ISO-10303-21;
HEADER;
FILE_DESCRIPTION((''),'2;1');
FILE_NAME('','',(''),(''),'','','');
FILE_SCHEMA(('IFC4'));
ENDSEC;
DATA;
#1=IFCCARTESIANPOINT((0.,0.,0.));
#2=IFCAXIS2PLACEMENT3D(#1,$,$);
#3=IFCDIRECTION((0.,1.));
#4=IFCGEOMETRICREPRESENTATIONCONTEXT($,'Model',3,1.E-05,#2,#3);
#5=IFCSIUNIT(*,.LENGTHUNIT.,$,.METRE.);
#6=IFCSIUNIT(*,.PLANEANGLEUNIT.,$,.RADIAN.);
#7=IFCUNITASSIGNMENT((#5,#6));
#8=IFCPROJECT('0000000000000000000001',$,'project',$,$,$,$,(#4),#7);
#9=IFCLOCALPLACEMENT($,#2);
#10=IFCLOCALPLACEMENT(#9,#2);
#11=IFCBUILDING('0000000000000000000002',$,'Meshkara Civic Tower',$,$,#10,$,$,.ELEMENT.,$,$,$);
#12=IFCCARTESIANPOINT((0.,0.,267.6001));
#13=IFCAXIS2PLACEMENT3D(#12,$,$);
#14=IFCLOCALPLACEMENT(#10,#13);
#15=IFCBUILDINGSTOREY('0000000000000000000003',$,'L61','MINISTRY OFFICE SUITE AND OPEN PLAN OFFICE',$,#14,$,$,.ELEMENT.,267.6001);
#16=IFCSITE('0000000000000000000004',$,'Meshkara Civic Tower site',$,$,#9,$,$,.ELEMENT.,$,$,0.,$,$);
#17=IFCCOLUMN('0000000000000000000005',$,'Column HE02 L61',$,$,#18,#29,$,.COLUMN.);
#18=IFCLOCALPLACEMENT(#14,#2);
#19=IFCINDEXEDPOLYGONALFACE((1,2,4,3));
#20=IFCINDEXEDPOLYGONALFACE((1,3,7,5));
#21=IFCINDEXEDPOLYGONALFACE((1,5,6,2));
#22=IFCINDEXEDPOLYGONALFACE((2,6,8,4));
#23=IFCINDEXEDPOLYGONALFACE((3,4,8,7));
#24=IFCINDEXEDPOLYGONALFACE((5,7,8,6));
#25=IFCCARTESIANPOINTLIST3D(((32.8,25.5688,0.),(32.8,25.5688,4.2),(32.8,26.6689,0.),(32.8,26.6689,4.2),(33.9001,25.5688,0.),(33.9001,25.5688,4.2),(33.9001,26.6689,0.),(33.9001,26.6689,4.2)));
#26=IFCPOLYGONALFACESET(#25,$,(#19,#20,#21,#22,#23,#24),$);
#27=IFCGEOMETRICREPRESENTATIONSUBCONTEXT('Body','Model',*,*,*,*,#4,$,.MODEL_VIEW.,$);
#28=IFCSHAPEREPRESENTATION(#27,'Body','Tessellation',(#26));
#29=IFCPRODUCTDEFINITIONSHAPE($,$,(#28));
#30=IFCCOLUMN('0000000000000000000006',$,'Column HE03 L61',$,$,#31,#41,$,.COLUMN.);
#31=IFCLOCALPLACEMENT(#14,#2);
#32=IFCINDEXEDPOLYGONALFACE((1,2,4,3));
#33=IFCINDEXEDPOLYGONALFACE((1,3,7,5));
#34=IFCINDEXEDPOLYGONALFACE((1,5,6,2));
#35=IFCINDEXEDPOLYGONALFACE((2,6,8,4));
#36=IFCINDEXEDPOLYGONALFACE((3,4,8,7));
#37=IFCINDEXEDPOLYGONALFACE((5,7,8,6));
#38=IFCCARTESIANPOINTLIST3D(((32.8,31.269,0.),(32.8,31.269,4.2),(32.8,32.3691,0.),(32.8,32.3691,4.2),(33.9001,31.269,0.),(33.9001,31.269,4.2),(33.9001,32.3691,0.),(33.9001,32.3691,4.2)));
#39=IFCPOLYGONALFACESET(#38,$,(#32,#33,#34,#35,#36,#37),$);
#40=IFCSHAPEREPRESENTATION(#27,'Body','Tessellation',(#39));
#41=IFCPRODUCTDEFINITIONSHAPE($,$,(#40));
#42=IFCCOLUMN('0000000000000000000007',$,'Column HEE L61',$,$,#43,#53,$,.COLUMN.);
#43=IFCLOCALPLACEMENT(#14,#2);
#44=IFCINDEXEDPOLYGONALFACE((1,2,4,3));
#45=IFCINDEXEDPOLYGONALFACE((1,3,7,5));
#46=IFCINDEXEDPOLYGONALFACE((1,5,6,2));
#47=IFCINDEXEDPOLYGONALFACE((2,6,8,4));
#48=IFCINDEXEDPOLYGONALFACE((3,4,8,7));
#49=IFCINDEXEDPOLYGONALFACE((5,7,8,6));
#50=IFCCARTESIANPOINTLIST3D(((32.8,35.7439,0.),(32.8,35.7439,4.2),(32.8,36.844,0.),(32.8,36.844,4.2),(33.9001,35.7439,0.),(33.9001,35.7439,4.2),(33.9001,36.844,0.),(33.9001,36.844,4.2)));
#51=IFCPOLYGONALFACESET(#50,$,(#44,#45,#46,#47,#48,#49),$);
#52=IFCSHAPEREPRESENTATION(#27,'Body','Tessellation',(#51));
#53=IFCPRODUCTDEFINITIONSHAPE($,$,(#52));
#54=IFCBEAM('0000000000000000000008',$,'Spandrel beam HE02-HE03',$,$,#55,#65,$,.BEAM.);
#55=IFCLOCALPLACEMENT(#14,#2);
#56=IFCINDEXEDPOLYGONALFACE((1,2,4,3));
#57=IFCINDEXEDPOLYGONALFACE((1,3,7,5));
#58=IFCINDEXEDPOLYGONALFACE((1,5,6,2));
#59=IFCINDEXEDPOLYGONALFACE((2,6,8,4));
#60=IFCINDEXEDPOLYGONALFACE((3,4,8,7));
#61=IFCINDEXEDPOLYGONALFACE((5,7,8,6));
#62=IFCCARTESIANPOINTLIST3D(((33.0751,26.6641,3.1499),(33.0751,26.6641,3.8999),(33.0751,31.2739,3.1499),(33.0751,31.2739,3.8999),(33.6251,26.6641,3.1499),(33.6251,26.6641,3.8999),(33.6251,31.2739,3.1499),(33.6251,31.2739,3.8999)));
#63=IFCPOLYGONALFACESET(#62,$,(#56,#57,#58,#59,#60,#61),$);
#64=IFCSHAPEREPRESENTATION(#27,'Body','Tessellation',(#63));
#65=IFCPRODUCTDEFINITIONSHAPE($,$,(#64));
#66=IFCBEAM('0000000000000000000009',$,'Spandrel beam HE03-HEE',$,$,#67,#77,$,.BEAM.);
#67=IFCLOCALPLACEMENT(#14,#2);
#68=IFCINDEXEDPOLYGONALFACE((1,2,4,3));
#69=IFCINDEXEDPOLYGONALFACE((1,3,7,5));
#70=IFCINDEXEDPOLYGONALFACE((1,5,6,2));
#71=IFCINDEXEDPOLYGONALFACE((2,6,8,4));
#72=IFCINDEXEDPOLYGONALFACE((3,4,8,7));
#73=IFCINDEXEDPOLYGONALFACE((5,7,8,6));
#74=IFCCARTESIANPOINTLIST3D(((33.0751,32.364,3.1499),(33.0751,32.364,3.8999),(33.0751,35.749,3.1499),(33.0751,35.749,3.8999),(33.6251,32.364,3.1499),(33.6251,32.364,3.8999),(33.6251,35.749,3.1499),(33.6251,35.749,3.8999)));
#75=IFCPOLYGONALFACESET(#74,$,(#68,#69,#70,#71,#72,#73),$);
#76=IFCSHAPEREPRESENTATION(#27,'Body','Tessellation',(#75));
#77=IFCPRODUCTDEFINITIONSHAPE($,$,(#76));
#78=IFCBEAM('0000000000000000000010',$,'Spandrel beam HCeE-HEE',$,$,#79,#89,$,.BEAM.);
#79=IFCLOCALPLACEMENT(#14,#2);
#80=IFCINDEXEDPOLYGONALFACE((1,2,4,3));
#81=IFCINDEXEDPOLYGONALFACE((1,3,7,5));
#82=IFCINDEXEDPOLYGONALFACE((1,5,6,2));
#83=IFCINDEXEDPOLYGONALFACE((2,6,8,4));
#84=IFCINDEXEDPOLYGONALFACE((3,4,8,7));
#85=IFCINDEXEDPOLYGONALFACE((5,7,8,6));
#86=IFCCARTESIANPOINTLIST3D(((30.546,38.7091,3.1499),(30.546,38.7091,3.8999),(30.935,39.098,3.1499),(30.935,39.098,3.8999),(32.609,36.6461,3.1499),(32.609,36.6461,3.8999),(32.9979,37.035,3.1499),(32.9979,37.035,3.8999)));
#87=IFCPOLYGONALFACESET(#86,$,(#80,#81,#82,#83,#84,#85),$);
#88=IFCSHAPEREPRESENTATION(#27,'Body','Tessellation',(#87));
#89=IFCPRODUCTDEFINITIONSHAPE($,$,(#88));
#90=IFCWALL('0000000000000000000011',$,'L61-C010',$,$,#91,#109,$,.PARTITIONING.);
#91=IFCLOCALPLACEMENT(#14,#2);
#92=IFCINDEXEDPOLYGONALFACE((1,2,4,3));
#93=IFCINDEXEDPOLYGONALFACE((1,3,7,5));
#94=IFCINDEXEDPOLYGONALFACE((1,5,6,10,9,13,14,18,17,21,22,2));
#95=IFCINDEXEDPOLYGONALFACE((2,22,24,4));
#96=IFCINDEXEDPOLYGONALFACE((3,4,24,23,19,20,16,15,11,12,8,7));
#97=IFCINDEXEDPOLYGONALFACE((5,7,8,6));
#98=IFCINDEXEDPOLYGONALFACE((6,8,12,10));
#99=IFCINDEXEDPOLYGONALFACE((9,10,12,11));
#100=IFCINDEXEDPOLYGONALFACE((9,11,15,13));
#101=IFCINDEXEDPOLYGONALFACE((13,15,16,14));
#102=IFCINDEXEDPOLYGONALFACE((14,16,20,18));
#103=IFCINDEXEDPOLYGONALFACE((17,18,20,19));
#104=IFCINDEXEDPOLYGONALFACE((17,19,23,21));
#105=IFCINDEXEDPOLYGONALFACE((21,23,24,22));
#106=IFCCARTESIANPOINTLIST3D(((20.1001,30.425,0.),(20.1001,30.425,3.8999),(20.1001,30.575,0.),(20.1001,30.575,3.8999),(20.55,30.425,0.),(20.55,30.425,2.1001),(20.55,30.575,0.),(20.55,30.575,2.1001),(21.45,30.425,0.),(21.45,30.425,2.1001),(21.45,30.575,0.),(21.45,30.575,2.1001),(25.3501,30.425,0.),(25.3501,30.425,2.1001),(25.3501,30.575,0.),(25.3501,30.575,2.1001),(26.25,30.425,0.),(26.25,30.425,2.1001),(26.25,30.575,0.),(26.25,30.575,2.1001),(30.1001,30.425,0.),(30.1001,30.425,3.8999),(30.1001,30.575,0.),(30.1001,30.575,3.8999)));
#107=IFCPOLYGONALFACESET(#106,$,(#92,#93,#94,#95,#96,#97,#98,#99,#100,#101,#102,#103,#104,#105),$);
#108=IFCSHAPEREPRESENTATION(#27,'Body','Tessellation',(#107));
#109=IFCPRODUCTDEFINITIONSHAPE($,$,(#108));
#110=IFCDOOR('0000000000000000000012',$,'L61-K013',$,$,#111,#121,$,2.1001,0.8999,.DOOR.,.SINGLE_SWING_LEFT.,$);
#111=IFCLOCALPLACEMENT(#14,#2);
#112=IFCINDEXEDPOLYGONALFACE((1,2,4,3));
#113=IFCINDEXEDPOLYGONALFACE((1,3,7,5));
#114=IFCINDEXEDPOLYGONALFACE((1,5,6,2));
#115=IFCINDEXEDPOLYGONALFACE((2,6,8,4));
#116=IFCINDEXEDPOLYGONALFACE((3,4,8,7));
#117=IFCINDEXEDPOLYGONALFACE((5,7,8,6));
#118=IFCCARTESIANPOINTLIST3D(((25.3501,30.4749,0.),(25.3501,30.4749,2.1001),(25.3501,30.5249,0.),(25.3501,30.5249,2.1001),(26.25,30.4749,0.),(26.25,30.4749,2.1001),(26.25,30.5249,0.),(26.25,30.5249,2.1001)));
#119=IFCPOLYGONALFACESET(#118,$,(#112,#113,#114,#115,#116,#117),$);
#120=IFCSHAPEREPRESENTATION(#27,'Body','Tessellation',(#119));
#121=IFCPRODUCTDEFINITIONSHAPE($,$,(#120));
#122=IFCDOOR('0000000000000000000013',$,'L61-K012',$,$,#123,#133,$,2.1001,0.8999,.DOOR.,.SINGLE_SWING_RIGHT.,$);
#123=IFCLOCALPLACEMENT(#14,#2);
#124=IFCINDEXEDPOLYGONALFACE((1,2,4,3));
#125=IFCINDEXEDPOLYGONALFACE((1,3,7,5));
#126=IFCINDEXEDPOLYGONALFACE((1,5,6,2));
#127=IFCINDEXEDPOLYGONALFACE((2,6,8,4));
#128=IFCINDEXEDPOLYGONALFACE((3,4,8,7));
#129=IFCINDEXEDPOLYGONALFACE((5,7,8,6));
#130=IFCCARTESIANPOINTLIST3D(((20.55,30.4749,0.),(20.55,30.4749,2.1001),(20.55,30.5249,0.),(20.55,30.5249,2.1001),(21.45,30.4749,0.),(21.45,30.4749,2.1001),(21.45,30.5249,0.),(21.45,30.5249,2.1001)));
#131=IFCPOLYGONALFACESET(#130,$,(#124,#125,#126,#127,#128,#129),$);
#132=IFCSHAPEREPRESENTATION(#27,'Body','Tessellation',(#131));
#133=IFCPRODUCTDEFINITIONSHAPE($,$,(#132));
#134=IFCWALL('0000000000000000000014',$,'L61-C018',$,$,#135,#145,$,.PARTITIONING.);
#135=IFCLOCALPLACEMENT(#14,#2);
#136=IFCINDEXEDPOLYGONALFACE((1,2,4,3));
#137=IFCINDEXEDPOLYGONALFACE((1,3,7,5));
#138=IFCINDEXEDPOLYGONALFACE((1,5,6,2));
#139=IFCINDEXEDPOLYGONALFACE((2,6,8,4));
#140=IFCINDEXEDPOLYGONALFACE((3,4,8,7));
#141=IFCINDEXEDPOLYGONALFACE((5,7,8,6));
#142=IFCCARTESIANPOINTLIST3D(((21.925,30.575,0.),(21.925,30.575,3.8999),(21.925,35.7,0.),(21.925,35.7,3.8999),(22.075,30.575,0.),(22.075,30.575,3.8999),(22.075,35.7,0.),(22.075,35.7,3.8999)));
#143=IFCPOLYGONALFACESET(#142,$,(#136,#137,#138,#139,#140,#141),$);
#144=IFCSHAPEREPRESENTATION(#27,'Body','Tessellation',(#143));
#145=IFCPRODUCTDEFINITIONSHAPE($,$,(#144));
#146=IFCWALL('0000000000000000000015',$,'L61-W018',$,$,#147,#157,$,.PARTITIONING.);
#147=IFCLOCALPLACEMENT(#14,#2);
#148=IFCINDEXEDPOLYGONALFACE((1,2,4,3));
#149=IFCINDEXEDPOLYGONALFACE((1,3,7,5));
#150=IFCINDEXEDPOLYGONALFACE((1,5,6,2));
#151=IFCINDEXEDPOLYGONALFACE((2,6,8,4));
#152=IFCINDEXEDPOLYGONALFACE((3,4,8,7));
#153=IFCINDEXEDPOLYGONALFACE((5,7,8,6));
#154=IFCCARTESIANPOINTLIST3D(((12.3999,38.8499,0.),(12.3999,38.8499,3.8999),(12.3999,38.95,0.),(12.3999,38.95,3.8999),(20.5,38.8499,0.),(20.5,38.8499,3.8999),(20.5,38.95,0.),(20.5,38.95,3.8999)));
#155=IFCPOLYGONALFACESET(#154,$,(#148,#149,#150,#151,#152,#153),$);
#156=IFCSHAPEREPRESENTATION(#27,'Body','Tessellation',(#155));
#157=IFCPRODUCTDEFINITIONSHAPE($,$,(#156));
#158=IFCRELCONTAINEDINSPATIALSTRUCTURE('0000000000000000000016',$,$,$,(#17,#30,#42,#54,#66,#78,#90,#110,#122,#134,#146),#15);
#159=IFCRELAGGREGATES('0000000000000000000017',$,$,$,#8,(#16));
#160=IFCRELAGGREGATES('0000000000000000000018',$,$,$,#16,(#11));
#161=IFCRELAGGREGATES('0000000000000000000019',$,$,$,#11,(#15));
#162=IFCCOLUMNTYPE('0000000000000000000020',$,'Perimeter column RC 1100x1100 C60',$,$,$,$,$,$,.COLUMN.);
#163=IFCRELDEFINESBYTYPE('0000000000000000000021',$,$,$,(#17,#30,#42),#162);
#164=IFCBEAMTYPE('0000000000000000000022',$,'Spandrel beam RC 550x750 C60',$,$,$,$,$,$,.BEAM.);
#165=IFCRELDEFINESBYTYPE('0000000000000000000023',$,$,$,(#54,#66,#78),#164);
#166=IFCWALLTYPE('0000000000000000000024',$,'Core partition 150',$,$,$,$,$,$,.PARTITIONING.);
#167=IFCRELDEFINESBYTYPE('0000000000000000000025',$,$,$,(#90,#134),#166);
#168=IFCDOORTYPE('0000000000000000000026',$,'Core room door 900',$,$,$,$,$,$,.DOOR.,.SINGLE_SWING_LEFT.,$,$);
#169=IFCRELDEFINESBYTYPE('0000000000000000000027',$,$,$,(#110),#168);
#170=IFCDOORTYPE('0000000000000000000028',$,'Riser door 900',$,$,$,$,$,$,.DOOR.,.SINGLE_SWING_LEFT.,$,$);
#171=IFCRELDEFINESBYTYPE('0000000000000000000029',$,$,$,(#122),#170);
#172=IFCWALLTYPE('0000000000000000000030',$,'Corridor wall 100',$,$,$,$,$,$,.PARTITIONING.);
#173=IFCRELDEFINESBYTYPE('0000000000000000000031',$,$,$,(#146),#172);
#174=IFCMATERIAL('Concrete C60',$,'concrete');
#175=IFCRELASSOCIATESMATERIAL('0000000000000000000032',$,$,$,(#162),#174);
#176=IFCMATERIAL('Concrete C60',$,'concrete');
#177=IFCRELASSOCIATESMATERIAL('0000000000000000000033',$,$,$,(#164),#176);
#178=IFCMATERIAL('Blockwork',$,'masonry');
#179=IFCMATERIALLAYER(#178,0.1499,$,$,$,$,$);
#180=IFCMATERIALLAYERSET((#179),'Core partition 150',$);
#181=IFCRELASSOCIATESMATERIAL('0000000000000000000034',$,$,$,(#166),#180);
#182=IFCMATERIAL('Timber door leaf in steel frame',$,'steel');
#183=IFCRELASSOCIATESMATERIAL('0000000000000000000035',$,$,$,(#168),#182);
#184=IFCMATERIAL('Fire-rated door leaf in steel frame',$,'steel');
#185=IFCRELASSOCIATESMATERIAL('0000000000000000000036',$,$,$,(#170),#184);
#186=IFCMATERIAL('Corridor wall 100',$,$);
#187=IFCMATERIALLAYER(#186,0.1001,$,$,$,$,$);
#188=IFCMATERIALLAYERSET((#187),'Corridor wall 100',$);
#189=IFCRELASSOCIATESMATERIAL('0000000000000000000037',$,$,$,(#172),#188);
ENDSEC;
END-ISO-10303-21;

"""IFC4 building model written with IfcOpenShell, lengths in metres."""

from ifc_helpers import new_model, si_unit, direction, frame, frame_2d, origin, origin_2d, place, context, subcontext, project, spatial, rectangle, extrude, material, layer, layer_set, material_profile, profile_set, type_object, element, fill, save


model = new_model("IFC4")

# Units and contexts
model_context = context("Model", 3, precision=1e-05, world=origin(), true_north=direction((0.0, 1.0)))
body_context = subcontext(model_context, "Body", "Model", "MODEL_VIEW")
ifc_project = project(units=[si_unit("LENGTHUNIT", "METRE"), si_unit("PLANEANGLEUNIT", "RADIAN")], contexts=[model_context])

# Site, building, storey
site_placement = place(None, origin())
site = spatial("IfcSite", under=ifc_project, at=site_placement, Name="Meshkara Civic Tower site", CompositionType="ELEMENT", RefElevation=0.0)
building_placement = place(site_placement, origin())
building = spatial("IfcBuilding", under=site, at=building_placement, Name="Meshkara Civic Tower", CompositionType="ELEMENT")
storey_placement = place(building_placement, frame((0.0, 0.0, 267.6001)))
storey = spatial("IfcBuildingStorey", under=building, at=storey_placement, Name="L61", Description="MINISTRY OFFICE SUITE AND OPEN PLAN OFFICE", CompositionType="ELEMENT", Elevation=267.6001)

# Columns
ifc_material_1 = material(Name="Concrete C60", Category="concrete")
ifc_material_profile_1 = material_profile(ifc_material_1, rectangle(XDim=1.1001, YDim=1.1001, at=origin_2d()))
ifc_profile_set_1 = profile_set([ifc_material_profile_1], Name="Concrete C60")
column_type = type_object("IfcColumnType", Name="Perimeter column RC 1100x1100 C60", PredefinedType="COLUMN", material=ifc_profile_set_1)
for number, where, z_axis, x_axis, name in (
    (1, (33.3501, 26.1189, 0.0), (0.0, 0.0, 1.0), (1.0, 0.0, 0.0), "Column HE02 L61"),
    (2, (33.3501, 31.8191, 0.0), (0.0, 0.0, 1.0), (1.0, 0.0, 0.0), "Column HE03 L61"),
    (3, (33.3501, 36.2939, 0.0), (0.0, 0.0, 1.0), (1.0, 0.0, 0.0), "Column HEE L61"),
):
    element("IfcColumn", number, at=place(storey_placement, frame(where, z_axis=z_axis, x_axis=x_axis)), inside=storey, type_object=column_type, Name=name, PredefinedType="COLUMN", context=body_context, shape_type="SweptSolid", body=[
        extrude(rectangle(XDim=1.1001, YDim=1.1001, at=origin_2d()), origin(), (0.0, 0.0, 1.0), 4.2),
    ])

# Beams
ifc_material_2 = material(Name="Concrete C60", Category="concrete")
ifc_material_profile_2 = material_profile(ifc_material_2, rectangle(XDim=0.55, YDim=0.75, at=origin_2d()))
ifc_profile_set_2 = profile_set([ifc_material_profile_2], Name="Concrete C60")
beam_type = type_object("IfcBeamType", Name="Spandrel beam RC 550x750 C60", PredefinedType="BEAM", material=ifc_profile_set_2)
beam_1_placement = place(storey_placement, frame((33.3501, 26.6641, 3.5249), z_axis=(0.0, 1.0, 0.0), x_axis=(-1.0, 0.0, 0.0)))
element("IfcBeam", 4, at=beam_1_placement, inside=storey, type_object=beam_type, Name="Spandrel beam HE02-HE03", PredefinedType="BEAM", context=body_context, shape_type="SweptSolid", body=[
    extrude(rectangle(XDim=0.55, YDim=0.75, at=origin_2d()), origin(), (0.0, 0.0, 1.0), 4.6099),
])
beam_2_placement = place(storey_placement, frame((33.3501, 32.364, 3.5249), z_axis=(0.0, 1.0, 0.0), x_axis=(-1.0, 0.0, 0.0)))
element("IfcBeam", 5, at=beam_2_placement, inside=storey, type_object=beam_type, Name="Spandrel beam HE03-HEE", PredefinedType="BEAM", context=body_context, shape_type="SweptSolid", body=[
    extrude(rectangle(XDim=0.55, YDim=0.75, at=origin_2d()), origin(), (0.0, 0.0, 1.0), 3.385),
])
beam_3_placement = place(storey_placement, frame((32.8035, 36.8406, 3.5249), z_axis=(-0.707107, 0.707107, 0.0), x_axis=(-0.707107, -0.707107, 0.0)))
element("IfcBeam", 6, at=beam_3_placement, inside=storey, type_object=beam_type, Name="Spandrel beam HCeE-HEE", PredefinedType="BEAM", context=body_context, shape_type="SweptSolid", body=[
    extrude(rectangle(XDim=0.55, YDim=0.75, at=origin_2d()), origin(), (0.0, 0.0, 1.0), 2.9175),
])

# Wall, openings, doors
ifc_material_3 = material(Name="Blockwork", Category="masonry")
ifc_layer_1 = layer(ifc_material_3, 0.1499)
ifc_layer_set_1 = layer_set([ifc_layer_1], Name="Core partition 150")
wall_type_1 = type_object("IfcWallType", Name="Core partition 150", PredefinedType="PARTITIONING", material=ifc_layer_set_1)
wall_1_placement = place(storey_placement, frame((20.1001, 30.5, 0.0), z_axis=(0.0, 0.0, 1.0), x_axis=(1.0, 0.0, 0.0)))
wall_1 = element("IfcWall", 7, at=wall_1_placement, inside=storey, type_object=wall_type_1, Name="L61-C010", PredefinedType="PARTITIONING", context=body_context, shape_type="SweptSolid", body=[
    extrude(rectangle(XDim=10.0, YDim=0.1499, at=frame_2d((5.0, 0.0))), origin(), (0.0, 0.0, 1.0), 3.8999),
])
opening_1_placement = place(wall_1_placement, frame((0.45, 0.0, 0.0)))
opening_1 = element("IfcOpeningElement", 8, at=opening_1_placement, cuts=wall_1, PredefinedType="OPENING", context=body_context, shape_type="SweptSolid", body=[
    extrude(rectangle(XDim=0.8999, YDim=2.1001, at=frame_2d((0.45, 1.05))), frame((0.0, 0.085, 0.0), z_axis=(0.0, -1.0, 0.0), x_axis=(1.0, 0.0, 0.0)), (0.0, 0.0, 1.0), 0.1699),
])
opening_2_placement = place(wall_1_placement, frame((5.25, 0.0, 0.0)))
opening_2 = element("IfcOpeningElement", 9, at=opening_2_placement, cuts=wall_1, PredefinedType="OPENING", context=body_context, shape_type="SweptSolid", body=[
    extrude(rectangle(XDim=0.8999, YDim=2.1001, at=frame_2d((0.45, 1.05))), frame((0.0, 0.085, 0.0), z_axis=(0.0, -1.0, 0.0), x_axis=(1.0, 0.0, 0.0)), (0.0, 0.0, 1.0), 0.1699),
])
ifc_material_4 = material(Name="Timber door leaf in steel frame", Category="steel")
door_type_1 = type_object("IfcDoorType", Name="Core room door 900", OperationType="SINGLE_SWING_LEFT", PredefinedType="DOOR", material=ifc_material_4)
door_1_placement = place(opening_2_placement, origin())
door_1 = element("IfcDoor", 10, at=door_1_placement, inside=storey, type_object=door_type_1, Name="L61-K013", OperationType="SINGLE_SWING_LEFT", OverallHeight=2.1001, OverallWidth=0.8999, PredefinedType="DOOR", context=body_context, shape_type="SweptSolid", body=[
    extrude(rectangle(XDim=0.8999, YDim=2.1001, at=frame_2d((0.45, 1.05))), frame((0.0, 0.0249, 0.0), z_axis=(0.0, -1.0, 0.0), x_axis=(1.0, 0.0, 0.0)), (0.0, 0.0, 1.0), 0.05),
])
fill(opening_2, door_1)
ifc_material_5 = material(Name="Fire-rated door leaf in steel frame", Category="steel")
door_type_2 = type_object("IfcDoorType", Name="Riser door 900", OperationType="SINGLE_SWING_LEFT", PredefinedType="DOOR", material=ifc_material_5)
door_2_placement = place(opening_1_placement, origin())
door_2 = element("IfcDoor", 11, at=door_2_placement, inside=storey, type_object=door_type_2, Name="L61-K012", OperationType="SINGLE_SWING_RIGHT", OverallHeight=2.1001, OverallWidth=0.8999, PredefinedType="DOOR", context=body_context, shape_type="SweptSolid", body=[
    extrude(rectangle(XDim=0.8999, YDim=2.1001, at=frame_2d((0.45, 1.05))), frame((0.0, 0.0249, 0.0), z_axis=(0.0, -1.0, 0.0), x_axis=(1.0, 0.0, 0.0)), (0.0, 0.0, 1.0), 0.05),
])
fill(opening_1, door_2)

# Walls
wall_2_placement = place(storey_placement, frame((22.0, 30.575, 0.0), z_axis=(0.0, 0.0, 1.0), x_axis=(0.0, 1.0, 0.0)))
element("IfcWall", 12, at=wall_2_placement, inside=storey, type_object=wall_type_1, Name="L61-C018", PredefinedType="PARTITIONING", context=body_context, shape_type="SweptSolid", body=[
    extrude(rectangle(XDim=5.125, YDim=0.1499, at=frame_2d((2.5625, 0.0))), origin(), (0.0, 0.0, 1.0), 3.8999),
])
ifc_material_6 = material(Name="Corridor wall 100")
ifc_layer_2 = layer(ifc_material_6, 0.1001)
ifc_layer_set_2 = layer_set([ifc_layer_2], Name="Corridor wall 100")
wall_type_2 = type_object("IfcWallType", Name="Corridor wall 100", PredefinedType="PARTITIONING", material=ifc_layer_set_2)
wall_3_placement = place(storey_placement, frame((20.5, 38.8999, 0.0), z_axis=(0.0, 0.0, 1.0), x_axis=(-1.0, 0.0, 0.0)))
element("IfcWall", 13, at=wall_3_placement, inside=storey, type_object=wall_type_2, Name="L61-W018", PredefinedType="PARTITIONING", context=body_context, shape_type="SweptSolid", body=[
    extrude(rectangle(XDim=8.1001, YDim=0.1001, at=frame_2d((4.05, 0.0))), origin(), (0.0, 0.0, 1.0), 3.8999),
])

save(model, "model.ifc")
